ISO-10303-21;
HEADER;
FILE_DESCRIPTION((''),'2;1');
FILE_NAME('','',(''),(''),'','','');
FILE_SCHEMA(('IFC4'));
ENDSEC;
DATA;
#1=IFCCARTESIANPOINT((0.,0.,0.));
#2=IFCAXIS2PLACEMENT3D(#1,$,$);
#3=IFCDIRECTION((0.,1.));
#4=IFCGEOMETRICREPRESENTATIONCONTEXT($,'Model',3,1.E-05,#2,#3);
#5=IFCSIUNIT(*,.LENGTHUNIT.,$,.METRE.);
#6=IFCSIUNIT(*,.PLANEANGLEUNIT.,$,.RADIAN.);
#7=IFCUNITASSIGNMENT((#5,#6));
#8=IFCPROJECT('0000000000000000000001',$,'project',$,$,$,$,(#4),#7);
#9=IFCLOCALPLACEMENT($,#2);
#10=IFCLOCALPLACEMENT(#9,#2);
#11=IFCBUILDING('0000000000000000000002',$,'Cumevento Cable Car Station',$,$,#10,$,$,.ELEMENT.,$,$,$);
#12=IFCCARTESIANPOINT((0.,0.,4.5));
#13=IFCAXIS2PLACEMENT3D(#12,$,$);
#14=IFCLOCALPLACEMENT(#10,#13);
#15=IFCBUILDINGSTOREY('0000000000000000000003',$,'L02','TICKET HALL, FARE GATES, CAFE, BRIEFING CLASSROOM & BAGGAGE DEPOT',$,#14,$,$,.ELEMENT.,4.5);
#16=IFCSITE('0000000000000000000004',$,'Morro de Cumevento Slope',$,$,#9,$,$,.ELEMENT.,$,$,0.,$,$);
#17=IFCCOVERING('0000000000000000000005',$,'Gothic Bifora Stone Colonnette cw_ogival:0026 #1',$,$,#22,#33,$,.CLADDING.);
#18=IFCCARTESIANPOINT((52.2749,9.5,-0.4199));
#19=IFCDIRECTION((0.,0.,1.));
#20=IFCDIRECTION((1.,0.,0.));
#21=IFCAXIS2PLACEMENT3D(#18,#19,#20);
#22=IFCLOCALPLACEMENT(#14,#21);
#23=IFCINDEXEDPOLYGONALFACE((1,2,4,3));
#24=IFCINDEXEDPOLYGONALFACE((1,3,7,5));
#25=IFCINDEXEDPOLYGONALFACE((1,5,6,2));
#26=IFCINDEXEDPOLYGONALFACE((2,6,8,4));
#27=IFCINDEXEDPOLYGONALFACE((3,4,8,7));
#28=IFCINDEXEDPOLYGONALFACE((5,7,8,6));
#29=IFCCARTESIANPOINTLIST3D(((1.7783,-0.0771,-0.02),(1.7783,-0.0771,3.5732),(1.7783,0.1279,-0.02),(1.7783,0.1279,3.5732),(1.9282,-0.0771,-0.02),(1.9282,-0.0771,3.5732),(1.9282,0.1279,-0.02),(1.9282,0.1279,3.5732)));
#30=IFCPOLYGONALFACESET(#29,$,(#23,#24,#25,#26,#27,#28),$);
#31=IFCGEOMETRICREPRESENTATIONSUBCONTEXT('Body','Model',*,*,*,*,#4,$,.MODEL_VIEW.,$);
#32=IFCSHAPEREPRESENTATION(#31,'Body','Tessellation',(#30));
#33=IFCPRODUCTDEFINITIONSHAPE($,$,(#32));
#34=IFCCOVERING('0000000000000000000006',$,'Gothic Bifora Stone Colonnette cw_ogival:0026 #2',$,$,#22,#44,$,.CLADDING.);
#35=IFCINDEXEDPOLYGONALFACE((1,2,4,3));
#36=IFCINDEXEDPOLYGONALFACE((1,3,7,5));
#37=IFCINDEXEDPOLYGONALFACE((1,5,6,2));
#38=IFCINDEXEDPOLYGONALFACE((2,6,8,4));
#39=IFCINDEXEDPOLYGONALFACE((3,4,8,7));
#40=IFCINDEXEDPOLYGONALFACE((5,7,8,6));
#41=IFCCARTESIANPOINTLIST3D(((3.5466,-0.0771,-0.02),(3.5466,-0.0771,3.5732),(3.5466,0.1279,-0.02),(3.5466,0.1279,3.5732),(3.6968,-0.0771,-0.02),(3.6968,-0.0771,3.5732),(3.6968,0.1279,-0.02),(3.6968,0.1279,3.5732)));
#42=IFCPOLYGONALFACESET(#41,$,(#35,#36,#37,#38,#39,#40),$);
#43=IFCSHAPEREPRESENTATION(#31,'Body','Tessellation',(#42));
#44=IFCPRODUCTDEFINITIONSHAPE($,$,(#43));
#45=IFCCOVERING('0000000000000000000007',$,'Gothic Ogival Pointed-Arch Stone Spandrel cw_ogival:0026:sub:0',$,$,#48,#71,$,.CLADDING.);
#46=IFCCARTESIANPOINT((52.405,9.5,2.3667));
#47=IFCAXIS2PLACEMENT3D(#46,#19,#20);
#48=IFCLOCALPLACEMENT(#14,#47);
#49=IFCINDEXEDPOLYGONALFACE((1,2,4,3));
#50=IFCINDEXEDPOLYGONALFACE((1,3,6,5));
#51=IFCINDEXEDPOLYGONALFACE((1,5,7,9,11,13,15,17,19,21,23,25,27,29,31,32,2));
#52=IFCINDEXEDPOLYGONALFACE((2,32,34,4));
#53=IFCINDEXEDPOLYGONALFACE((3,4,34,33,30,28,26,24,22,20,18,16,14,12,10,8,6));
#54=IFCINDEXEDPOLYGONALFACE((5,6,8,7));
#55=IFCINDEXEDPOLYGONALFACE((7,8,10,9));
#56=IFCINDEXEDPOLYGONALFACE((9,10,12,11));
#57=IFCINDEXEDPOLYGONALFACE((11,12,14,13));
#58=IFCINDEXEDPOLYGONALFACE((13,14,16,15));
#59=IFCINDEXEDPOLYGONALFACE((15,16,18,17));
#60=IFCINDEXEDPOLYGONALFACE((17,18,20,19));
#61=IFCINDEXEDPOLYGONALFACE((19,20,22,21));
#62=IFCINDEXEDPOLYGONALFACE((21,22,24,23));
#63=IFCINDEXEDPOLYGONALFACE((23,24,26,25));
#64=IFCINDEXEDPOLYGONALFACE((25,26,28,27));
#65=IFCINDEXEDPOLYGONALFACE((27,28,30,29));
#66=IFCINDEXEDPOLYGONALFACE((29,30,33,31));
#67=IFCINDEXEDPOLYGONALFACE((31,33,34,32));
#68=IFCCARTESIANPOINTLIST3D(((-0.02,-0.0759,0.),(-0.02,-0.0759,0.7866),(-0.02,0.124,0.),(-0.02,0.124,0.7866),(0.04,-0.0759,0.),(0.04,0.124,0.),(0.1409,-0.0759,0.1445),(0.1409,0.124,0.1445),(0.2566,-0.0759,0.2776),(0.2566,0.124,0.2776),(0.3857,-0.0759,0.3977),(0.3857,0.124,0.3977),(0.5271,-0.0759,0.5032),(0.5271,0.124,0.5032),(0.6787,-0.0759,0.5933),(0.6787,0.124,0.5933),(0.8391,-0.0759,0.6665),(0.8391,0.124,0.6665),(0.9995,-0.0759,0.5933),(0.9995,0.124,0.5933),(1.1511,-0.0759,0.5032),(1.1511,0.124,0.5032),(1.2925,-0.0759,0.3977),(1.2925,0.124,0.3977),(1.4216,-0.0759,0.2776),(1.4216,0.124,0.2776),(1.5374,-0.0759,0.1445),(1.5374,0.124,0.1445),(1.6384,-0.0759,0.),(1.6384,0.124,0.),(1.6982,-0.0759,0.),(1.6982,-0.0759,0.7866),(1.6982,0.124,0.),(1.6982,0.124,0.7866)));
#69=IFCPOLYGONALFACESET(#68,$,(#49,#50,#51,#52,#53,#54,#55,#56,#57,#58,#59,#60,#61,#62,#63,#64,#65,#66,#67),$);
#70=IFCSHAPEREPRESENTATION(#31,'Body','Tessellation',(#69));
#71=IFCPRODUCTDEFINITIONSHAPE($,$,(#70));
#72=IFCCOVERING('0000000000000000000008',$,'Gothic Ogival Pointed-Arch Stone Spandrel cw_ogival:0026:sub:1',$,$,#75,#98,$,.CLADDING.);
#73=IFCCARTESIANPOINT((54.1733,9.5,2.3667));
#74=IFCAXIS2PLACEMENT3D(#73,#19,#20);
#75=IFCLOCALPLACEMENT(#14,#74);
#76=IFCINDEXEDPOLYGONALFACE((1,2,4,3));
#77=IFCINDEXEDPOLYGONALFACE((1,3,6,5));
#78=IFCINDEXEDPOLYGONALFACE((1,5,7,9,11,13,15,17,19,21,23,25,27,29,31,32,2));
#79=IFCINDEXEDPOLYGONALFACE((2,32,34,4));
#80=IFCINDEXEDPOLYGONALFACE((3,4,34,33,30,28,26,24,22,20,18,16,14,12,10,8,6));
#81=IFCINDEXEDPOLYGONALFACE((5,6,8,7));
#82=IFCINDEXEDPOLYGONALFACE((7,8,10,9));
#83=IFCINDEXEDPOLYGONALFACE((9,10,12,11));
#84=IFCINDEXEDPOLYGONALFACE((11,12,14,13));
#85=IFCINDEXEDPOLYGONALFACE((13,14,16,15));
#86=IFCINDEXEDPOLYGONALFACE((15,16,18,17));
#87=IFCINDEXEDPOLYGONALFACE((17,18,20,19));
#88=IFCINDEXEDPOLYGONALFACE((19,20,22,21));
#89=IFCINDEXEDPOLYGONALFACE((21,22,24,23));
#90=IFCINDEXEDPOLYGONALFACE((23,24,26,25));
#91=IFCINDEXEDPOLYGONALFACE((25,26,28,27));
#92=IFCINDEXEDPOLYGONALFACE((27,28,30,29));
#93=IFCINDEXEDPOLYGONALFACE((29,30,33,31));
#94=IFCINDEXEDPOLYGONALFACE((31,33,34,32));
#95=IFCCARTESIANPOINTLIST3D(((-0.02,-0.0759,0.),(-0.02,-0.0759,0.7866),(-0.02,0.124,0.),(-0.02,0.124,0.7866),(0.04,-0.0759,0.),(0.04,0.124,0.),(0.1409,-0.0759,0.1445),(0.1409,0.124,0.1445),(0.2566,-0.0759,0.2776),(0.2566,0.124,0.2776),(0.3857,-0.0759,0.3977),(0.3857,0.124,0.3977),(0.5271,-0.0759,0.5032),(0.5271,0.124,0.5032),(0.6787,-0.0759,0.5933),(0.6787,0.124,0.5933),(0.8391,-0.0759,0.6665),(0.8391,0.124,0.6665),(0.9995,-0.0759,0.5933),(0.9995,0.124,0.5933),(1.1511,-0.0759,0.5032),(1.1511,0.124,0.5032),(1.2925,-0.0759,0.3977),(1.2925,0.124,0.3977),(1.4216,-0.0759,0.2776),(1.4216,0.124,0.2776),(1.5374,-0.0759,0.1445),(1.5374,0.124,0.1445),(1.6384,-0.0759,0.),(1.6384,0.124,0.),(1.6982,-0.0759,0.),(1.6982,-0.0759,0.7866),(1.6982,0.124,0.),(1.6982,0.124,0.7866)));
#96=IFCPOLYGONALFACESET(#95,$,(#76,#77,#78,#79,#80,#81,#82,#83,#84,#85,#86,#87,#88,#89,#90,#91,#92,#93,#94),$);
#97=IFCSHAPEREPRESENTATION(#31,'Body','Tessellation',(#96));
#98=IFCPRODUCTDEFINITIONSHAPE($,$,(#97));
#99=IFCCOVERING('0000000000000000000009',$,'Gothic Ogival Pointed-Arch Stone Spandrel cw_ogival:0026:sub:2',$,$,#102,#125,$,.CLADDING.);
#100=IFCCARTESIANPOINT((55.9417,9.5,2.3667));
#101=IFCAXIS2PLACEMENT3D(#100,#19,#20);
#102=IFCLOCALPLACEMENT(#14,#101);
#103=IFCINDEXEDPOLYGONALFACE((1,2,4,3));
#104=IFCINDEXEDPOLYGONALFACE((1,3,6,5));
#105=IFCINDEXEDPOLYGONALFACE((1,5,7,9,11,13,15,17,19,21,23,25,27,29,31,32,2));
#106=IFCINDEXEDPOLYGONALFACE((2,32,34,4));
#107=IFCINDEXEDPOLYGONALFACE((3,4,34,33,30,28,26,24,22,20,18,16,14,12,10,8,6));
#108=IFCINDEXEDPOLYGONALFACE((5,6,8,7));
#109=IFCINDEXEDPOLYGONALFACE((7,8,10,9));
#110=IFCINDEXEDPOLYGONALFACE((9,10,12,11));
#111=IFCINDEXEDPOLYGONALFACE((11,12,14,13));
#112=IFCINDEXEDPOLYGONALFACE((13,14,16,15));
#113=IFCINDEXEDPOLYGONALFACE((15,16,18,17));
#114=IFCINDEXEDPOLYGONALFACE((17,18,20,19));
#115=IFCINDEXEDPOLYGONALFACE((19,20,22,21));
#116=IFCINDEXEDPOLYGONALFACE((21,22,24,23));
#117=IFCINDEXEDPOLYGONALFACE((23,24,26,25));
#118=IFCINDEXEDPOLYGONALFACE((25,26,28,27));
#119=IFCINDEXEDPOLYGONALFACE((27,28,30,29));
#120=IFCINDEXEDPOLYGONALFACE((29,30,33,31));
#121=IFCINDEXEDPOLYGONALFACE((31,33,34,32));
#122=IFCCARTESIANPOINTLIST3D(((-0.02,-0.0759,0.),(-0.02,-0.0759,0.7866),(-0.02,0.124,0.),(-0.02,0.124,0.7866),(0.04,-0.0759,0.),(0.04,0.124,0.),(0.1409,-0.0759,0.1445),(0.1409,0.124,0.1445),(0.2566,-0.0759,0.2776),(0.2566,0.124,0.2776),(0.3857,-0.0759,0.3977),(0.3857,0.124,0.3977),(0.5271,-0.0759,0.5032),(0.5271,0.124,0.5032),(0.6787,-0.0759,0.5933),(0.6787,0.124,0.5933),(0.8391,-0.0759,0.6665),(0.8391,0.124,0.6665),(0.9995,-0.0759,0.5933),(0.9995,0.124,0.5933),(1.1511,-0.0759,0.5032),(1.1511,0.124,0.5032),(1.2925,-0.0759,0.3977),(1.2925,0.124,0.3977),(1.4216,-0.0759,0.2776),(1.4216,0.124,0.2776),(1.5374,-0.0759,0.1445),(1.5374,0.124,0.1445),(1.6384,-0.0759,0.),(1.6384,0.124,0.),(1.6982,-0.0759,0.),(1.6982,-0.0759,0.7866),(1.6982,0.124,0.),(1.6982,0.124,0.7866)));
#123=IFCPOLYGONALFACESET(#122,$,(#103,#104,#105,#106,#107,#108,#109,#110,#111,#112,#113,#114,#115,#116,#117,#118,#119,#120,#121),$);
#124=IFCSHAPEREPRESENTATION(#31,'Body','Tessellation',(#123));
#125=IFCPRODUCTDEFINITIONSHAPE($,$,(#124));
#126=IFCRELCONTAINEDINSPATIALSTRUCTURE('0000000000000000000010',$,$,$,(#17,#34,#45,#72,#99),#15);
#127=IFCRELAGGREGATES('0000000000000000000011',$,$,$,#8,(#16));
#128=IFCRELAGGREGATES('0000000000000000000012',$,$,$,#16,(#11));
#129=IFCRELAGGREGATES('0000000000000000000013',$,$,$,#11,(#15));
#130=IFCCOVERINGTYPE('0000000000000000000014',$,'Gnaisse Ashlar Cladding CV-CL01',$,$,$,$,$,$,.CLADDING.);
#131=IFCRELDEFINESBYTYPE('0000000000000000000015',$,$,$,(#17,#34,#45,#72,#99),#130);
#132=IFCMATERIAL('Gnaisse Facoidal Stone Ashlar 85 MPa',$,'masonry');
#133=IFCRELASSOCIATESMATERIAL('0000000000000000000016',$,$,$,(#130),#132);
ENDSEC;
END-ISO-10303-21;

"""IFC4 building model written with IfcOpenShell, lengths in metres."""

from ifc_helpers import new_model, si_unit, direction, frame, origin, place, context, subcontext, project, spatial, polyline, outline, extrude, material, type_object, element, save


model = new_model("IFC4")

# Units and contexts
model_context = context("Model", 3, precision=1e-05, world=origin(), true_north=direction((0.0, 1.0)))
body_context = subcontext(model_context, "Body", "Model", "MODEL_VIEW")
ifc_project = project(units=[si_unit("LENGTHUNIT", "METRE"), si_unit("PLANEANGLEUNIT", "RADIAN")], contexts=[model_context])

# Site, building, storey
site_placement = place(None, origin())
site = spatial("IfcSite", under=ifc_project, at=site_placement, Name="Morro de Cumevento Slope", CompositionType="ELEMENT", RefElevation=0.0)
building_placement = place(site_placement, origin())
building = spatial("IfcBuilding", under=site, at=building_placement, Name="Cumevento Cable Car Station", CompositionType="ELEMENT")
storey_placement = place(building_placement, frame((0.0, 0.0, 4.5)))
storey = spatial("IfcBuildingStorey", under=building, at=storey_placement, Name="L02", Description="TICKET HALL, FARE GATES, CAFE, BRIEFING CLASSROOM & BAGGAGE DEPOT", CompositionType="ELEMENT", Elevation=4.5)

# Coverings
ifc_material_1 = material(Name="Gnaisse Facoidal Stone Ashlar 85 MPa", Category="masonry")
covering_type = type_object("IfcCoveringType", Name="Gnaisse Ashlar Cladding CV-CL01", PredefinedType="CLADDING", material=ifc_material_1)
placement = place(storey_placement, frame((52.2749, 9.5, -0.4199), z_axis=(0.0, 0.0, 1.0), x_axis=(1.0, 0.0, 0.0)))
element("IfcCovering", 1, at=placement, inside=storey, type_object=covering_type, Name="Gothic Bifora Stone Colonnette cw_ogival:0026 #1", PredefinedType="CLADDING", context=body_context, shape_type="SweptSolid", body=[
    extrude(outline(polyline([(1.7783, -0.02), (1.9282, -0.02), (1.9282, 3.5732), (1.7783, 3.5732), (1.7783, -0.02)])), frame((0.0, 0.1279, 0.0), z_axis=(0.0, -1.0, 0.0), x_axis=(1.0, 0.0, 0.0)), (0.0, 0.0, 1.0), 0.2051),
])
element("IfcCovering", 2, at=placement, inside=storey, type_object=covering_type, Name="Gothic Bifora Stone Colonnette cw_ogival:0026 #2", PredefinedType="CLADDING", context=body_context, shape_type="SweptSolid", body=[
    extrude(outline(polyline([(3.5466, -0.02), (3.6968, -0.02), (3.6968, 3.5732), (3.5466, 3.5732), (3.5466, -0.02)])), frame((0.0, 0.1279, 0.0), z_axis=(0.0, -1.0, 0.0), x_axis=(1.0, 0.0, 0.0)), (0.0, 0.0, 1.0), 0.2051),
])
for number, where, z_axis, x_axis, name in (
    (3, (52.405, 9.5, 2.3667), (0.0, 0.0, 1.0), (1.0, 0.0, 0.0), "Gothic Ogival Pointed-Arch Stone Spandrel cw_ogival:0026:sub:0"),
    (4, (54.1733, 9.5, 2.3667), (0.0, 0.0, 1.0), (1.0, 0.0, 0.0), "Gothic Ogival Pointed-Arch Stone Spandrel cw_ogival:0026:sub:1"),
    (5, (55.9417, 9.5, 2.3667), (0.0, 0.0, 1.0), (1.0, 0.0, 0.0), "Gothic Ogival Pointed-Arch Stone Spandrel cw_ogival:0026:sub:2"),
):
    element("IfcCovering", number, at=place(storey_placement, frame(where, z_axis=z_axis, x_axis=x_axis)), inside=storey, type_object=covering_type, Name=name, PredefinedType="CLADDING", context=body_context, shape_type="SweptSolid", body=[
        extrude(outline(polyline([(-0.02, 0.0), (-0.02, 0.7866), (1.6982, 0.7866), (1.6982, 0.0), (1.6384, 0.0), (1.5374, 0.1445), (1.4216, 0.2776), (1.2925, 0.3977), (1.1511, 0.5032), (0.9995, 0.5933), (0.8391, 0.6665), (0.6787, 0.5933), (0.5271, 0.5032), (0.3857, 0.3977), (0.2566, 0.2776), (0.1409, 0.1445), (0.04, 0.0), (-0.02, 0.0)])), frame((0.0, 0.124, 0.0), z_axis=(0.0, -1.0, 0.0), x_axis=(1.0, 0.0, 0.0)), (0.0, 0.0, 1.0), 0.2),
    ])

save(model, "model.ifc")
